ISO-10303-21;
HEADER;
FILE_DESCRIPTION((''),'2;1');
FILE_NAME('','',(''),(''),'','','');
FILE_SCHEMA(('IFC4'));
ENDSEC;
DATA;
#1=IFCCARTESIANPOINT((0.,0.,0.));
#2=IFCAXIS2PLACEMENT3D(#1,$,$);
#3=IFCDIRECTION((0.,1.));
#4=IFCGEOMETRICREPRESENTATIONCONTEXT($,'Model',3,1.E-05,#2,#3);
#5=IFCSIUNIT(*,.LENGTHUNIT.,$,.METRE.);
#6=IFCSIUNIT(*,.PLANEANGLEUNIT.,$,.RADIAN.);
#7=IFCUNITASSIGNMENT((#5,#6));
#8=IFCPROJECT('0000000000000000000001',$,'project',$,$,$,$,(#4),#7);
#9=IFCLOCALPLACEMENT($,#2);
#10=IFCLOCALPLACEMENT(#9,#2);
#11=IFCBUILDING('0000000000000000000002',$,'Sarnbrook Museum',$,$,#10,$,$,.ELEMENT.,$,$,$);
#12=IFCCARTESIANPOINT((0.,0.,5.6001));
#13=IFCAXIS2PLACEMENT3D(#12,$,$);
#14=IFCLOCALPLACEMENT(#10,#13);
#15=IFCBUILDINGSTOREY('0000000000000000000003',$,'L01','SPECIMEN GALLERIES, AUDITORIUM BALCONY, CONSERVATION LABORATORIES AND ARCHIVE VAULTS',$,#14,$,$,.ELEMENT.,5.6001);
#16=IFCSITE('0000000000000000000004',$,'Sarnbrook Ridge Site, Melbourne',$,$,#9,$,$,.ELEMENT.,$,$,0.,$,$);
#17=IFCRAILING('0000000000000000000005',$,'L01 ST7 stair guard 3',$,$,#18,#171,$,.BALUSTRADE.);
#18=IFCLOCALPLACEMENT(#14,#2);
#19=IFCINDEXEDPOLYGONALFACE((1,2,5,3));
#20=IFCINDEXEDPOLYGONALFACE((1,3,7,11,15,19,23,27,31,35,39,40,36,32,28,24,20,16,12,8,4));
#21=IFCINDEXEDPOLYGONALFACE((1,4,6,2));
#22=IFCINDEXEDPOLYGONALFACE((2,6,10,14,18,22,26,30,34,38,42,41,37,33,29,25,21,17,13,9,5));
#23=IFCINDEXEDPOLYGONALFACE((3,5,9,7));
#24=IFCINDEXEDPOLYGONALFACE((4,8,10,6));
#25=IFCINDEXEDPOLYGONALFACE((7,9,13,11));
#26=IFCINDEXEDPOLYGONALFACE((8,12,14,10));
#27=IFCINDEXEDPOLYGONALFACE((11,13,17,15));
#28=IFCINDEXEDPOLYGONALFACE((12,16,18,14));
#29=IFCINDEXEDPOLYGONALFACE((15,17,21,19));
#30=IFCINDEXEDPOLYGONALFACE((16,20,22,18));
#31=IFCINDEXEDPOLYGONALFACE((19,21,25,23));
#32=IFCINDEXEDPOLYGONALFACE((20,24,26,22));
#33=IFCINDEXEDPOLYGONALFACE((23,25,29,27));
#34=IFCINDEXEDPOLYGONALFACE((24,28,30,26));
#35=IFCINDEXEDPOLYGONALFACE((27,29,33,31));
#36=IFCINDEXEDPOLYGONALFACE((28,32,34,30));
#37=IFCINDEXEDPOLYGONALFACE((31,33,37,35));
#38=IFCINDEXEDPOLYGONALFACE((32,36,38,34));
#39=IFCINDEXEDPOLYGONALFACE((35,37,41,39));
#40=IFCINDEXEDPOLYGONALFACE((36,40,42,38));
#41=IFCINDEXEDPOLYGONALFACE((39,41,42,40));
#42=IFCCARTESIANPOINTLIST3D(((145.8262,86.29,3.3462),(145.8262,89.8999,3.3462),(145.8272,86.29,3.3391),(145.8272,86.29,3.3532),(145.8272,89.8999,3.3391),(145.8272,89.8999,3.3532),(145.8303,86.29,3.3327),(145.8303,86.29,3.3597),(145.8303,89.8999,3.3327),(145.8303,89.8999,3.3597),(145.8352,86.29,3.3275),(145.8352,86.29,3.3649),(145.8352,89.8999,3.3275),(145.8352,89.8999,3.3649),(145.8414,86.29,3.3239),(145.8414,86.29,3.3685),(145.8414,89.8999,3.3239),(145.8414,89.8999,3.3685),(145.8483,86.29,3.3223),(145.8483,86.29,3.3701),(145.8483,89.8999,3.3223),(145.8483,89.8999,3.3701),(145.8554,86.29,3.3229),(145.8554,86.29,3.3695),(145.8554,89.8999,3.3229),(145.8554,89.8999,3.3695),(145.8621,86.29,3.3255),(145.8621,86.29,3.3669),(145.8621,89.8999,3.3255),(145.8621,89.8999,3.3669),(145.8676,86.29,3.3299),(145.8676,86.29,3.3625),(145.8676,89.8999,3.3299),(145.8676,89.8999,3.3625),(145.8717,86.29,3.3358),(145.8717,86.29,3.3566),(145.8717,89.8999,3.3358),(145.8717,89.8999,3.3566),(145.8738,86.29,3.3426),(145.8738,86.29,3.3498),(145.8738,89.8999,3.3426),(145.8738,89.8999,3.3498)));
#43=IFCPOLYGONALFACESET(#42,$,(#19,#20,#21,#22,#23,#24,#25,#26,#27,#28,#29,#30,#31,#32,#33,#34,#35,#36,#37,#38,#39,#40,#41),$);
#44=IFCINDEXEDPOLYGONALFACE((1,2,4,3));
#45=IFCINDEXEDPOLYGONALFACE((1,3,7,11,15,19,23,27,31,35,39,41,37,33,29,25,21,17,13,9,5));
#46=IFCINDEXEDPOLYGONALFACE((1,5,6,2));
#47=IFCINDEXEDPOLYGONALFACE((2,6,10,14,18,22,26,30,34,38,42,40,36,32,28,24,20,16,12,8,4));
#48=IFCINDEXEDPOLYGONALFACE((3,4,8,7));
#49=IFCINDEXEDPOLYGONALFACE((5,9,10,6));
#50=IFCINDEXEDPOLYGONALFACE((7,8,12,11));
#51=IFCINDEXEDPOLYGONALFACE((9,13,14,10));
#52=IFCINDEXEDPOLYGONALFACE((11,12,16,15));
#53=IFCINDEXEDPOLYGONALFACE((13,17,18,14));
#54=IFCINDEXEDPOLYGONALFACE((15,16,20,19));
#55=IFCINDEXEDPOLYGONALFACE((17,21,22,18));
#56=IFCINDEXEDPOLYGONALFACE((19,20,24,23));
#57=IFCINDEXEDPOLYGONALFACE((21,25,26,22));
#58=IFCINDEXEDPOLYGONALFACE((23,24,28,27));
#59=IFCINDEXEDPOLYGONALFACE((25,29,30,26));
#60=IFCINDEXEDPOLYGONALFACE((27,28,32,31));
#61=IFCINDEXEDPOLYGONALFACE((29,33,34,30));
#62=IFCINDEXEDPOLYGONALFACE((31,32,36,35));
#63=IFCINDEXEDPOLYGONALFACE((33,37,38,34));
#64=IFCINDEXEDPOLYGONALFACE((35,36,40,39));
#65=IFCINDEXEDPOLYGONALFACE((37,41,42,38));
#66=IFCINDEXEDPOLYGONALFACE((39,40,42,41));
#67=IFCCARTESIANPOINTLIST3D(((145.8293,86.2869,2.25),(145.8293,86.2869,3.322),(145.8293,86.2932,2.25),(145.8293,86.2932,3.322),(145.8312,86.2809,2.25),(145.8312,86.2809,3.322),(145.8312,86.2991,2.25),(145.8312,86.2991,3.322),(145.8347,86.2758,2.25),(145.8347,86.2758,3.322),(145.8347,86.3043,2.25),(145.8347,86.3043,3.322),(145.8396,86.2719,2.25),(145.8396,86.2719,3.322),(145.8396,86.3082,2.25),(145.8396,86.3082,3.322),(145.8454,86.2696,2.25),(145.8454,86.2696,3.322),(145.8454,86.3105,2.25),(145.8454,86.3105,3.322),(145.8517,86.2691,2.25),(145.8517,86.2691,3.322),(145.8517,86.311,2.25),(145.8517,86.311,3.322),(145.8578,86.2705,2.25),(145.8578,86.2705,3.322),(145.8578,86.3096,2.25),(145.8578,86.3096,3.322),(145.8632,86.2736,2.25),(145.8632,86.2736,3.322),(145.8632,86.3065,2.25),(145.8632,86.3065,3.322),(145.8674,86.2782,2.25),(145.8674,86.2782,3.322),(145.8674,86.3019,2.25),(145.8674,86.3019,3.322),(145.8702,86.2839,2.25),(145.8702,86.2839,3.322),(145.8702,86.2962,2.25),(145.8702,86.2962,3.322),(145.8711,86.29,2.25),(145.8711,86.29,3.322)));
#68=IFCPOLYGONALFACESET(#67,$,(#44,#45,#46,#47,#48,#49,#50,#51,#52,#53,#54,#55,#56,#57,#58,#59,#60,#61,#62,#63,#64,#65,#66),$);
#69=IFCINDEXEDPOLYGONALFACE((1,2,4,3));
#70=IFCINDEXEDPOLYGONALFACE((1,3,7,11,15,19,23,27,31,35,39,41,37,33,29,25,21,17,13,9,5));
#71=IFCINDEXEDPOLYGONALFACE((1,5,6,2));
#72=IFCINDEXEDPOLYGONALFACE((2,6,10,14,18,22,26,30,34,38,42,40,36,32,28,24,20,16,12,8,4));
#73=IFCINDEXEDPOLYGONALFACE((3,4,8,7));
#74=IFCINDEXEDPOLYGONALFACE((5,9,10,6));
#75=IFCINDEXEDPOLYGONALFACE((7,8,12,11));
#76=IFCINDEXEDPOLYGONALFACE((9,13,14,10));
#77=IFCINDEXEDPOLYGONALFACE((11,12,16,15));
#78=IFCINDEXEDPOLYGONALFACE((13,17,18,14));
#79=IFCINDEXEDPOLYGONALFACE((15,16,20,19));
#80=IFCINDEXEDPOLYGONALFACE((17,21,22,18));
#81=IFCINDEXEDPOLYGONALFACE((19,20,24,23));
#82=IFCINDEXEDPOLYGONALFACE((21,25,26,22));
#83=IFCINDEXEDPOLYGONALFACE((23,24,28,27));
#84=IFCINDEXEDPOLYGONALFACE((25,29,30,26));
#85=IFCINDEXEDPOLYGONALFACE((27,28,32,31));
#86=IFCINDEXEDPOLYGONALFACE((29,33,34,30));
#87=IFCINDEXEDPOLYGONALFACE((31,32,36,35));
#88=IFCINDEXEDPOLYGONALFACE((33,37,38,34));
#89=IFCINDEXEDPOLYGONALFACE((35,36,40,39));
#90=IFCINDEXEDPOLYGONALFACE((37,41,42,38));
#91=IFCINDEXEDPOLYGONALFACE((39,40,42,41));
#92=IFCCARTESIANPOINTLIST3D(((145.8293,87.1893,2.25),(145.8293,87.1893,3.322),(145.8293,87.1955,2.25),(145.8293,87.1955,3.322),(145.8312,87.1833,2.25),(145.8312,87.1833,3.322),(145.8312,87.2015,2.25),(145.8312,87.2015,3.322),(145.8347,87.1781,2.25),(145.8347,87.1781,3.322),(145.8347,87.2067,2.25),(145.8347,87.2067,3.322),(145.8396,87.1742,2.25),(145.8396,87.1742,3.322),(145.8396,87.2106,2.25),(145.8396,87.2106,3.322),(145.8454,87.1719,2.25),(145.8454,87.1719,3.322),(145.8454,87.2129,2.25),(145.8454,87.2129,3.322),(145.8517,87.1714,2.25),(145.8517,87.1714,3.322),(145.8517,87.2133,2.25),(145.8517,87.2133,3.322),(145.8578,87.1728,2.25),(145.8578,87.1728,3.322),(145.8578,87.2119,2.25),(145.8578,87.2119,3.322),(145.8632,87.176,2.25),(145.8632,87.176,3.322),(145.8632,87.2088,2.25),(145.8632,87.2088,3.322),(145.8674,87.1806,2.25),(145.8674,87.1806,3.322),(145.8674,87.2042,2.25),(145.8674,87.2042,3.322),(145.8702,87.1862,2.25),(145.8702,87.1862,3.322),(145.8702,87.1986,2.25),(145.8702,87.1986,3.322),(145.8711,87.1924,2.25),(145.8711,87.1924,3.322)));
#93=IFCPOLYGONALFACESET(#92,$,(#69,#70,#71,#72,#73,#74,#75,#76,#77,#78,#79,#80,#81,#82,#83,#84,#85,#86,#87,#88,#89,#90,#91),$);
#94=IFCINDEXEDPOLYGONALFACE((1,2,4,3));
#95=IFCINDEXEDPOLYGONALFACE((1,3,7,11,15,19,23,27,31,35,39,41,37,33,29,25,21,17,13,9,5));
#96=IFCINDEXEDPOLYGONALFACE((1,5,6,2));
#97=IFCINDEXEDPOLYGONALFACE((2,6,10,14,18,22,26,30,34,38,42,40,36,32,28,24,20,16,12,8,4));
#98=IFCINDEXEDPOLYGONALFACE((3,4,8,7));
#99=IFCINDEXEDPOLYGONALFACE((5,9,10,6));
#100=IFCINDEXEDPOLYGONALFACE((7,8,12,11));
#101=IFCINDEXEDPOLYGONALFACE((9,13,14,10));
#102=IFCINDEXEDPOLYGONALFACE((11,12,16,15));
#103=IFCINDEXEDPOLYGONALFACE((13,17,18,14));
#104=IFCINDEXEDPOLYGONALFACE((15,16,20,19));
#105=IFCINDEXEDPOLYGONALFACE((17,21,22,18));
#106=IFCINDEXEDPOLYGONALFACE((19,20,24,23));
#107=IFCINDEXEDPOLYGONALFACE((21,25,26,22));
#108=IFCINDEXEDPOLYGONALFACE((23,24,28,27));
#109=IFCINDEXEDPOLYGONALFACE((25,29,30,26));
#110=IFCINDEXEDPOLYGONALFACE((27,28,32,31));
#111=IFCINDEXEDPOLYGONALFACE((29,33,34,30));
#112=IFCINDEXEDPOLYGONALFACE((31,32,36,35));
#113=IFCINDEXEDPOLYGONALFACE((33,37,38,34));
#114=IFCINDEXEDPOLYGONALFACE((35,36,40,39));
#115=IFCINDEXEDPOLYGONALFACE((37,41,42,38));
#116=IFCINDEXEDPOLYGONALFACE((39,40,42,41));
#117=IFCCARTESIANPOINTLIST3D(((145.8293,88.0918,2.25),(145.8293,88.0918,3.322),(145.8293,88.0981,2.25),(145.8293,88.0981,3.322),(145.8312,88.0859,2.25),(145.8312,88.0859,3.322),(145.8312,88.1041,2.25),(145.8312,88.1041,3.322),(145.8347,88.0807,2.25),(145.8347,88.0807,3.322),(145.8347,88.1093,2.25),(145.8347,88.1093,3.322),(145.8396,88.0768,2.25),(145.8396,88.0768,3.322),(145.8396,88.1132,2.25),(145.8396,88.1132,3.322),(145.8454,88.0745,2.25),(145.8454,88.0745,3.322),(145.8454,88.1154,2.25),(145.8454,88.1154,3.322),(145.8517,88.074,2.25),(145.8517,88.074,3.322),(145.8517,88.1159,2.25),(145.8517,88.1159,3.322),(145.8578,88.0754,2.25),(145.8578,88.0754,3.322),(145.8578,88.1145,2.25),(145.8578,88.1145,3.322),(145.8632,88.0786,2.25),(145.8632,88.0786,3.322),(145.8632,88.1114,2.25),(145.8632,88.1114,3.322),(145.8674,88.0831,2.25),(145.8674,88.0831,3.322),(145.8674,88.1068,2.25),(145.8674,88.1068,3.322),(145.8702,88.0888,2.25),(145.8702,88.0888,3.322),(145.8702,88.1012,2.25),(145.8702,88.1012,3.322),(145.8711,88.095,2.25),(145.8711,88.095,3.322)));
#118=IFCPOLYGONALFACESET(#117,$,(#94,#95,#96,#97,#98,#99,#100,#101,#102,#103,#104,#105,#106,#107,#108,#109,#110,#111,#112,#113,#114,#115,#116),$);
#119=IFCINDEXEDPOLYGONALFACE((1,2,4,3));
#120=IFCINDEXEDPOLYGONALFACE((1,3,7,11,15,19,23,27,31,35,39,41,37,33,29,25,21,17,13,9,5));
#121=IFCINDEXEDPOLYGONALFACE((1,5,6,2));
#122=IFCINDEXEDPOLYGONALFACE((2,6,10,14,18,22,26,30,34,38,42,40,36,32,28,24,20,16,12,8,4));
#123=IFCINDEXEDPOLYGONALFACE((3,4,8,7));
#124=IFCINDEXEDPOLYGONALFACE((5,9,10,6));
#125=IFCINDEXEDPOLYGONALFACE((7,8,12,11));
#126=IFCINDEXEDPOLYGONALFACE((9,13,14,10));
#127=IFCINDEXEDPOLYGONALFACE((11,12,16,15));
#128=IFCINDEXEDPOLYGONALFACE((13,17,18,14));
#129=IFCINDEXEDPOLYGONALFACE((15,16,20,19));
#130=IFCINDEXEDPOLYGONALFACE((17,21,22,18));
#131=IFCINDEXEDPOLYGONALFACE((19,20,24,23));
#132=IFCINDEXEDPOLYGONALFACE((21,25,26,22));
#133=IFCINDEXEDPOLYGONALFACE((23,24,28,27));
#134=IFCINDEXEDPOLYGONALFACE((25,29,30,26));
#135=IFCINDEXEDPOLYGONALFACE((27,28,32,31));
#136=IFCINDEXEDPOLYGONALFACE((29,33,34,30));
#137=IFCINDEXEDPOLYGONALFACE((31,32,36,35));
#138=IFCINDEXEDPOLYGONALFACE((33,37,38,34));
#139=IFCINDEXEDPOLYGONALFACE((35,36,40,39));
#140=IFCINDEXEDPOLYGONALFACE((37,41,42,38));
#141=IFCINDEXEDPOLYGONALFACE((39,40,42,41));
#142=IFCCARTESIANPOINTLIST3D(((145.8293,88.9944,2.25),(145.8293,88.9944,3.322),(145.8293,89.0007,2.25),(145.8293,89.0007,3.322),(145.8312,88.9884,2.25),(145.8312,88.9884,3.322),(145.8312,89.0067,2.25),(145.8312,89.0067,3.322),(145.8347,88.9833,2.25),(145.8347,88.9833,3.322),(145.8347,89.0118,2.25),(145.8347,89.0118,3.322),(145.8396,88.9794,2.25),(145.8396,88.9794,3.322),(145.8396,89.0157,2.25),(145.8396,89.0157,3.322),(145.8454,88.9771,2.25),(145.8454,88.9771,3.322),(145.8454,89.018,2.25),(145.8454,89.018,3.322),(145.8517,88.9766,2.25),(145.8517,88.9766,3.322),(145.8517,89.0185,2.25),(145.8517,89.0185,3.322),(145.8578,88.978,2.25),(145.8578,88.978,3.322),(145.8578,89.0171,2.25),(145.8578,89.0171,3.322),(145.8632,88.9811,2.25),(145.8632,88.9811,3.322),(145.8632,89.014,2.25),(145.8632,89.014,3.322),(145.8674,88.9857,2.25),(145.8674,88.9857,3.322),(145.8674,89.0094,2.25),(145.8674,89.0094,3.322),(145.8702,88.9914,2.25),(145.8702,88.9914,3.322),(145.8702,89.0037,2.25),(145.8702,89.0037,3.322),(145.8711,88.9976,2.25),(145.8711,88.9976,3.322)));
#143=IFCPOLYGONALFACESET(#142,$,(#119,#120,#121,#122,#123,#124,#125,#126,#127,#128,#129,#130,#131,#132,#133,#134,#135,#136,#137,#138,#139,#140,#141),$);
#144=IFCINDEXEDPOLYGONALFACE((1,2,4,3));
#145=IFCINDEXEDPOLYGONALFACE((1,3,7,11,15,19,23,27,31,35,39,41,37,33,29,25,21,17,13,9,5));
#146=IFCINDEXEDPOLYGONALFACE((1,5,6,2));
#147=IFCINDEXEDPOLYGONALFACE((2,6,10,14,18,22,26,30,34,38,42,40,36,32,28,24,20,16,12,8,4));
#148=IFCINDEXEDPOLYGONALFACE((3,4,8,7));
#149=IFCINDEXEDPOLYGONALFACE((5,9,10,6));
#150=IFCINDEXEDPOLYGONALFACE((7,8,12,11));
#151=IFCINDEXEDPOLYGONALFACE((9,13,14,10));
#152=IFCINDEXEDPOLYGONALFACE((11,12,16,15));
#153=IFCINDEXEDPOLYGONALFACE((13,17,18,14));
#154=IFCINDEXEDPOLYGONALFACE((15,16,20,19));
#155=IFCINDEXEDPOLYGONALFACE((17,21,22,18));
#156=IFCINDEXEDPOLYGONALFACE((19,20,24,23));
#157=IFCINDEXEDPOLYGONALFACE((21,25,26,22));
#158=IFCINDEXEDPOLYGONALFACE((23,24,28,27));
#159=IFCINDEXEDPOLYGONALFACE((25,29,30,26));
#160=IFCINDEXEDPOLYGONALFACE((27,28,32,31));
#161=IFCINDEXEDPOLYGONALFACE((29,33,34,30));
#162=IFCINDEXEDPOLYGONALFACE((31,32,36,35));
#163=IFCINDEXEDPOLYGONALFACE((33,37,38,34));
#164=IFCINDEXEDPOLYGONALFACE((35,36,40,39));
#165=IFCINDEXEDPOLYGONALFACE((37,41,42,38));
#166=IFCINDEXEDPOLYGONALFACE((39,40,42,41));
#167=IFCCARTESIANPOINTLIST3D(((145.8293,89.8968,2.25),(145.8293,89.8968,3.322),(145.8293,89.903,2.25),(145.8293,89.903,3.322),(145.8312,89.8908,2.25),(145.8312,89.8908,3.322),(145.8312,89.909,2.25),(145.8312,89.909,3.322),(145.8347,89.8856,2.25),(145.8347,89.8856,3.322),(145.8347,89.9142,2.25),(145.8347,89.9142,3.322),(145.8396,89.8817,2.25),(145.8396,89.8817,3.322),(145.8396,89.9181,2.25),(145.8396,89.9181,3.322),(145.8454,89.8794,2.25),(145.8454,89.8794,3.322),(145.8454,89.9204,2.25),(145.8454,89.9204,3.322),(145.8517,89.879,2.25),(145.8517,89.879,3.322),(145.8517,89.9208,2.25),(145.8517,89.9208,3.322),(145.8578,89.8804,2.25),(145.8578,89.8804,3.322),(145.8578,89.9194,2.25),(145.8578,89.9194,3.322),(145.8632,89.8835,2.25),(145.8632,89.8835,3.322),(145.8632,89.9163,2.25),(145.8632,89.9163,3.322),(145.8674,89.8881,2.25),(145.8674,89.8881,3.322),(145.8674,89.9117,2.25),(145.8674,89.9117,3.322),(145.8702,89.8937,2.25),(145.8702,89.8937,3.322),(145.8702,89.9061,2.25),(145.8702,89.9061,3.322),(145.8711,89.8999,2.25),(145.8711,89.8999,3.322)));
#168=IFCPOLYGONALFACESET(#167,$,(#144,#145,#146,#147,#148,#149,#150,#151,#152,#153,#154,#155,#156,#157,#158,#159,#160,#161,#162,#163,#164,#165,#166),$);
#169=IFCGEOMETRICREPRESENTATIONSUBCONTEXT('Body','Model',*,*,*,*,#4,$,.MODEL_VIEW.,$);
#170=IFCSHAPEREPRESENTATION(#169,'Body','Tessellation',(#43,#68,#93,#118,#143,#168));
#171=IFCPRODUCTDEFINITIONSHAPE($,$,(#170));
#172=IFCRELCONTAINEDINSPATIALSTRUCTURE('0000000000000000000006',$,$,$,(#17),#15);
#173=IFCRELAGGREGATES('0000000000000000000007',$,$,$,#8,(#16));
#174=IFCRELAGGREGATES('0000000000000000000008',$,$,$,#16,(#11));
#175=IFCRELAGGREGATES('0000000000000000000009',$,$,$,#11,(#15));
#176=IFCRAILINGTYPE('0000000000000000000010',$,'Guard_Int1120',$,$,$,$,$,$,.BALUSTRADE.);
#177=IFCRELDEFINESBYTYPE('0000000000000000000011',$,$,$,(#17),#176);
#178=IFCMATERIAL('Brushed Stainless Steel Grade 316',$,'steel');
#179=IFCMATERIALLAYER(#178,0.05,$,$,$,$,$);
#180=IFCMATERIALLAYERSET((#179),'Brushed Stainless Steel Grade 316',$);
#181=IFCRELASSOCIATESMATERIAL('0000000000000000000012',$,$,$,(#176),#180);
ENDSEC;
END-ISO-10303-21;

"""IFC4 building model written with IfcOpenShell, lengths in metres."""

from ifc_helpers import new_model, si_unit, direction, frame, origin, origin_2d, place, context, subcontext, project, spatial, circle, extrude, material, layer, layer_set, type_object, element, save


model = new_model("IFC4")

# Units and contexts
model_context = context("Model", 3, precision=1e-05, world=origin(), true_north=direction((0.0, 1.0)))
body_context = subcontext(model_context, "Body", "Model", "MODEL_VIEW")
ifc_project = project(units=[si_unit("LENGTHUNIT", "METRE"), si_unit("PLANEANGLEUNIT", "RADIAN")], contexts=[model_context])

# Site, building, storey
site_placement = place(None, origin())
site = spatial("IfcSite", under=ifc_project, at=site_placement, Name="Sarnbrook Ridge Site, Melbourne", CompositionType="ELEMENT", RefElevation=0.0)
building_placement = place(site_placement, origin())
building = spatial("IfcBuilding", under=site, at=building_placement, Name="Sarnbrook Museum", CompositionType="ELEMENT")
storey_placement = place(building_placement, frame((0.0, 0.0, 5.6001)))
storey = spatial("IfcBuildingStorey", under=building, at=storey_placement, Name="L01", Description="SPECIMEN GALLERIES, AUDITORIUM BALCONY, CONSERVATION LABORATORIES AND ARCHIVE VAULTS", CompositionType="ELEMENT", Elevation=5.6001)

# Railing
ifc_material_1 = material(Name="Brushed Stainless Steel Grade 316", Category="steel")
ifc_layer_1 = layer(ifc_material_1, 0.05)
ifc_layer_set_1 = layer_set([ifc_layer_1], Name="Brushed Stainless Steel Grade 316")
railing_type_1 = type_object("IfcRailingType", Name="Guard_Int1120", PredefinedType="BALUSTRADE", material=ifc_layer_set_1)
for number, where, name in (
    (1, (145.8501, 86.29, 2.25), "L01 ST7 stair guard 3"),
):
    element("IfcRailing", number, at=place(storey_placement, frame(where)), inside=storey, type_object=railing_type_1, Name=name, PredefinedType="BALUSTRADE", context=body_context, shape_type="SweptSolid", body=[
        extrude(circle(Radius=0.0239, at=origin_2d()), frame((0.0, 0.0, 1.0962), z_axis=(0.0, 1.0, 0.0), x_axis=(-1.0, 0.0, 0.0)), (0.0, 0.0, 1.0), 3.6099),
        extrude(circle(Radius=0.021, at=origin_2d()), origin(), (0.0, 0.0, 1.0), 1.072),
        extrude(circle(Radius=0.021, at=origin_2d()), frame((0.0, 0.9023, 0.0)), (0.0, 0.0, 1.0), 1.072),
        extrude(circle(Radius=0.021, at=origin_2d()), frame((0.0, 1.8049, 0.0)), (0.0, 0.0, 1.0), 1.072),
        extrude(circle(Radius=0.021, at=origin_2d()), frame((0.0, 2.7075, 0.0)), (0.0, 0.0, 1.0), 1.072),
        extrude(circle(Radius=0.021, at=origin_2d()), frame((0.0, 3.6099, 0.0)), (0.0, 0.0, 1.0), 1.072),
    ])

save(model, "model.ifc")
